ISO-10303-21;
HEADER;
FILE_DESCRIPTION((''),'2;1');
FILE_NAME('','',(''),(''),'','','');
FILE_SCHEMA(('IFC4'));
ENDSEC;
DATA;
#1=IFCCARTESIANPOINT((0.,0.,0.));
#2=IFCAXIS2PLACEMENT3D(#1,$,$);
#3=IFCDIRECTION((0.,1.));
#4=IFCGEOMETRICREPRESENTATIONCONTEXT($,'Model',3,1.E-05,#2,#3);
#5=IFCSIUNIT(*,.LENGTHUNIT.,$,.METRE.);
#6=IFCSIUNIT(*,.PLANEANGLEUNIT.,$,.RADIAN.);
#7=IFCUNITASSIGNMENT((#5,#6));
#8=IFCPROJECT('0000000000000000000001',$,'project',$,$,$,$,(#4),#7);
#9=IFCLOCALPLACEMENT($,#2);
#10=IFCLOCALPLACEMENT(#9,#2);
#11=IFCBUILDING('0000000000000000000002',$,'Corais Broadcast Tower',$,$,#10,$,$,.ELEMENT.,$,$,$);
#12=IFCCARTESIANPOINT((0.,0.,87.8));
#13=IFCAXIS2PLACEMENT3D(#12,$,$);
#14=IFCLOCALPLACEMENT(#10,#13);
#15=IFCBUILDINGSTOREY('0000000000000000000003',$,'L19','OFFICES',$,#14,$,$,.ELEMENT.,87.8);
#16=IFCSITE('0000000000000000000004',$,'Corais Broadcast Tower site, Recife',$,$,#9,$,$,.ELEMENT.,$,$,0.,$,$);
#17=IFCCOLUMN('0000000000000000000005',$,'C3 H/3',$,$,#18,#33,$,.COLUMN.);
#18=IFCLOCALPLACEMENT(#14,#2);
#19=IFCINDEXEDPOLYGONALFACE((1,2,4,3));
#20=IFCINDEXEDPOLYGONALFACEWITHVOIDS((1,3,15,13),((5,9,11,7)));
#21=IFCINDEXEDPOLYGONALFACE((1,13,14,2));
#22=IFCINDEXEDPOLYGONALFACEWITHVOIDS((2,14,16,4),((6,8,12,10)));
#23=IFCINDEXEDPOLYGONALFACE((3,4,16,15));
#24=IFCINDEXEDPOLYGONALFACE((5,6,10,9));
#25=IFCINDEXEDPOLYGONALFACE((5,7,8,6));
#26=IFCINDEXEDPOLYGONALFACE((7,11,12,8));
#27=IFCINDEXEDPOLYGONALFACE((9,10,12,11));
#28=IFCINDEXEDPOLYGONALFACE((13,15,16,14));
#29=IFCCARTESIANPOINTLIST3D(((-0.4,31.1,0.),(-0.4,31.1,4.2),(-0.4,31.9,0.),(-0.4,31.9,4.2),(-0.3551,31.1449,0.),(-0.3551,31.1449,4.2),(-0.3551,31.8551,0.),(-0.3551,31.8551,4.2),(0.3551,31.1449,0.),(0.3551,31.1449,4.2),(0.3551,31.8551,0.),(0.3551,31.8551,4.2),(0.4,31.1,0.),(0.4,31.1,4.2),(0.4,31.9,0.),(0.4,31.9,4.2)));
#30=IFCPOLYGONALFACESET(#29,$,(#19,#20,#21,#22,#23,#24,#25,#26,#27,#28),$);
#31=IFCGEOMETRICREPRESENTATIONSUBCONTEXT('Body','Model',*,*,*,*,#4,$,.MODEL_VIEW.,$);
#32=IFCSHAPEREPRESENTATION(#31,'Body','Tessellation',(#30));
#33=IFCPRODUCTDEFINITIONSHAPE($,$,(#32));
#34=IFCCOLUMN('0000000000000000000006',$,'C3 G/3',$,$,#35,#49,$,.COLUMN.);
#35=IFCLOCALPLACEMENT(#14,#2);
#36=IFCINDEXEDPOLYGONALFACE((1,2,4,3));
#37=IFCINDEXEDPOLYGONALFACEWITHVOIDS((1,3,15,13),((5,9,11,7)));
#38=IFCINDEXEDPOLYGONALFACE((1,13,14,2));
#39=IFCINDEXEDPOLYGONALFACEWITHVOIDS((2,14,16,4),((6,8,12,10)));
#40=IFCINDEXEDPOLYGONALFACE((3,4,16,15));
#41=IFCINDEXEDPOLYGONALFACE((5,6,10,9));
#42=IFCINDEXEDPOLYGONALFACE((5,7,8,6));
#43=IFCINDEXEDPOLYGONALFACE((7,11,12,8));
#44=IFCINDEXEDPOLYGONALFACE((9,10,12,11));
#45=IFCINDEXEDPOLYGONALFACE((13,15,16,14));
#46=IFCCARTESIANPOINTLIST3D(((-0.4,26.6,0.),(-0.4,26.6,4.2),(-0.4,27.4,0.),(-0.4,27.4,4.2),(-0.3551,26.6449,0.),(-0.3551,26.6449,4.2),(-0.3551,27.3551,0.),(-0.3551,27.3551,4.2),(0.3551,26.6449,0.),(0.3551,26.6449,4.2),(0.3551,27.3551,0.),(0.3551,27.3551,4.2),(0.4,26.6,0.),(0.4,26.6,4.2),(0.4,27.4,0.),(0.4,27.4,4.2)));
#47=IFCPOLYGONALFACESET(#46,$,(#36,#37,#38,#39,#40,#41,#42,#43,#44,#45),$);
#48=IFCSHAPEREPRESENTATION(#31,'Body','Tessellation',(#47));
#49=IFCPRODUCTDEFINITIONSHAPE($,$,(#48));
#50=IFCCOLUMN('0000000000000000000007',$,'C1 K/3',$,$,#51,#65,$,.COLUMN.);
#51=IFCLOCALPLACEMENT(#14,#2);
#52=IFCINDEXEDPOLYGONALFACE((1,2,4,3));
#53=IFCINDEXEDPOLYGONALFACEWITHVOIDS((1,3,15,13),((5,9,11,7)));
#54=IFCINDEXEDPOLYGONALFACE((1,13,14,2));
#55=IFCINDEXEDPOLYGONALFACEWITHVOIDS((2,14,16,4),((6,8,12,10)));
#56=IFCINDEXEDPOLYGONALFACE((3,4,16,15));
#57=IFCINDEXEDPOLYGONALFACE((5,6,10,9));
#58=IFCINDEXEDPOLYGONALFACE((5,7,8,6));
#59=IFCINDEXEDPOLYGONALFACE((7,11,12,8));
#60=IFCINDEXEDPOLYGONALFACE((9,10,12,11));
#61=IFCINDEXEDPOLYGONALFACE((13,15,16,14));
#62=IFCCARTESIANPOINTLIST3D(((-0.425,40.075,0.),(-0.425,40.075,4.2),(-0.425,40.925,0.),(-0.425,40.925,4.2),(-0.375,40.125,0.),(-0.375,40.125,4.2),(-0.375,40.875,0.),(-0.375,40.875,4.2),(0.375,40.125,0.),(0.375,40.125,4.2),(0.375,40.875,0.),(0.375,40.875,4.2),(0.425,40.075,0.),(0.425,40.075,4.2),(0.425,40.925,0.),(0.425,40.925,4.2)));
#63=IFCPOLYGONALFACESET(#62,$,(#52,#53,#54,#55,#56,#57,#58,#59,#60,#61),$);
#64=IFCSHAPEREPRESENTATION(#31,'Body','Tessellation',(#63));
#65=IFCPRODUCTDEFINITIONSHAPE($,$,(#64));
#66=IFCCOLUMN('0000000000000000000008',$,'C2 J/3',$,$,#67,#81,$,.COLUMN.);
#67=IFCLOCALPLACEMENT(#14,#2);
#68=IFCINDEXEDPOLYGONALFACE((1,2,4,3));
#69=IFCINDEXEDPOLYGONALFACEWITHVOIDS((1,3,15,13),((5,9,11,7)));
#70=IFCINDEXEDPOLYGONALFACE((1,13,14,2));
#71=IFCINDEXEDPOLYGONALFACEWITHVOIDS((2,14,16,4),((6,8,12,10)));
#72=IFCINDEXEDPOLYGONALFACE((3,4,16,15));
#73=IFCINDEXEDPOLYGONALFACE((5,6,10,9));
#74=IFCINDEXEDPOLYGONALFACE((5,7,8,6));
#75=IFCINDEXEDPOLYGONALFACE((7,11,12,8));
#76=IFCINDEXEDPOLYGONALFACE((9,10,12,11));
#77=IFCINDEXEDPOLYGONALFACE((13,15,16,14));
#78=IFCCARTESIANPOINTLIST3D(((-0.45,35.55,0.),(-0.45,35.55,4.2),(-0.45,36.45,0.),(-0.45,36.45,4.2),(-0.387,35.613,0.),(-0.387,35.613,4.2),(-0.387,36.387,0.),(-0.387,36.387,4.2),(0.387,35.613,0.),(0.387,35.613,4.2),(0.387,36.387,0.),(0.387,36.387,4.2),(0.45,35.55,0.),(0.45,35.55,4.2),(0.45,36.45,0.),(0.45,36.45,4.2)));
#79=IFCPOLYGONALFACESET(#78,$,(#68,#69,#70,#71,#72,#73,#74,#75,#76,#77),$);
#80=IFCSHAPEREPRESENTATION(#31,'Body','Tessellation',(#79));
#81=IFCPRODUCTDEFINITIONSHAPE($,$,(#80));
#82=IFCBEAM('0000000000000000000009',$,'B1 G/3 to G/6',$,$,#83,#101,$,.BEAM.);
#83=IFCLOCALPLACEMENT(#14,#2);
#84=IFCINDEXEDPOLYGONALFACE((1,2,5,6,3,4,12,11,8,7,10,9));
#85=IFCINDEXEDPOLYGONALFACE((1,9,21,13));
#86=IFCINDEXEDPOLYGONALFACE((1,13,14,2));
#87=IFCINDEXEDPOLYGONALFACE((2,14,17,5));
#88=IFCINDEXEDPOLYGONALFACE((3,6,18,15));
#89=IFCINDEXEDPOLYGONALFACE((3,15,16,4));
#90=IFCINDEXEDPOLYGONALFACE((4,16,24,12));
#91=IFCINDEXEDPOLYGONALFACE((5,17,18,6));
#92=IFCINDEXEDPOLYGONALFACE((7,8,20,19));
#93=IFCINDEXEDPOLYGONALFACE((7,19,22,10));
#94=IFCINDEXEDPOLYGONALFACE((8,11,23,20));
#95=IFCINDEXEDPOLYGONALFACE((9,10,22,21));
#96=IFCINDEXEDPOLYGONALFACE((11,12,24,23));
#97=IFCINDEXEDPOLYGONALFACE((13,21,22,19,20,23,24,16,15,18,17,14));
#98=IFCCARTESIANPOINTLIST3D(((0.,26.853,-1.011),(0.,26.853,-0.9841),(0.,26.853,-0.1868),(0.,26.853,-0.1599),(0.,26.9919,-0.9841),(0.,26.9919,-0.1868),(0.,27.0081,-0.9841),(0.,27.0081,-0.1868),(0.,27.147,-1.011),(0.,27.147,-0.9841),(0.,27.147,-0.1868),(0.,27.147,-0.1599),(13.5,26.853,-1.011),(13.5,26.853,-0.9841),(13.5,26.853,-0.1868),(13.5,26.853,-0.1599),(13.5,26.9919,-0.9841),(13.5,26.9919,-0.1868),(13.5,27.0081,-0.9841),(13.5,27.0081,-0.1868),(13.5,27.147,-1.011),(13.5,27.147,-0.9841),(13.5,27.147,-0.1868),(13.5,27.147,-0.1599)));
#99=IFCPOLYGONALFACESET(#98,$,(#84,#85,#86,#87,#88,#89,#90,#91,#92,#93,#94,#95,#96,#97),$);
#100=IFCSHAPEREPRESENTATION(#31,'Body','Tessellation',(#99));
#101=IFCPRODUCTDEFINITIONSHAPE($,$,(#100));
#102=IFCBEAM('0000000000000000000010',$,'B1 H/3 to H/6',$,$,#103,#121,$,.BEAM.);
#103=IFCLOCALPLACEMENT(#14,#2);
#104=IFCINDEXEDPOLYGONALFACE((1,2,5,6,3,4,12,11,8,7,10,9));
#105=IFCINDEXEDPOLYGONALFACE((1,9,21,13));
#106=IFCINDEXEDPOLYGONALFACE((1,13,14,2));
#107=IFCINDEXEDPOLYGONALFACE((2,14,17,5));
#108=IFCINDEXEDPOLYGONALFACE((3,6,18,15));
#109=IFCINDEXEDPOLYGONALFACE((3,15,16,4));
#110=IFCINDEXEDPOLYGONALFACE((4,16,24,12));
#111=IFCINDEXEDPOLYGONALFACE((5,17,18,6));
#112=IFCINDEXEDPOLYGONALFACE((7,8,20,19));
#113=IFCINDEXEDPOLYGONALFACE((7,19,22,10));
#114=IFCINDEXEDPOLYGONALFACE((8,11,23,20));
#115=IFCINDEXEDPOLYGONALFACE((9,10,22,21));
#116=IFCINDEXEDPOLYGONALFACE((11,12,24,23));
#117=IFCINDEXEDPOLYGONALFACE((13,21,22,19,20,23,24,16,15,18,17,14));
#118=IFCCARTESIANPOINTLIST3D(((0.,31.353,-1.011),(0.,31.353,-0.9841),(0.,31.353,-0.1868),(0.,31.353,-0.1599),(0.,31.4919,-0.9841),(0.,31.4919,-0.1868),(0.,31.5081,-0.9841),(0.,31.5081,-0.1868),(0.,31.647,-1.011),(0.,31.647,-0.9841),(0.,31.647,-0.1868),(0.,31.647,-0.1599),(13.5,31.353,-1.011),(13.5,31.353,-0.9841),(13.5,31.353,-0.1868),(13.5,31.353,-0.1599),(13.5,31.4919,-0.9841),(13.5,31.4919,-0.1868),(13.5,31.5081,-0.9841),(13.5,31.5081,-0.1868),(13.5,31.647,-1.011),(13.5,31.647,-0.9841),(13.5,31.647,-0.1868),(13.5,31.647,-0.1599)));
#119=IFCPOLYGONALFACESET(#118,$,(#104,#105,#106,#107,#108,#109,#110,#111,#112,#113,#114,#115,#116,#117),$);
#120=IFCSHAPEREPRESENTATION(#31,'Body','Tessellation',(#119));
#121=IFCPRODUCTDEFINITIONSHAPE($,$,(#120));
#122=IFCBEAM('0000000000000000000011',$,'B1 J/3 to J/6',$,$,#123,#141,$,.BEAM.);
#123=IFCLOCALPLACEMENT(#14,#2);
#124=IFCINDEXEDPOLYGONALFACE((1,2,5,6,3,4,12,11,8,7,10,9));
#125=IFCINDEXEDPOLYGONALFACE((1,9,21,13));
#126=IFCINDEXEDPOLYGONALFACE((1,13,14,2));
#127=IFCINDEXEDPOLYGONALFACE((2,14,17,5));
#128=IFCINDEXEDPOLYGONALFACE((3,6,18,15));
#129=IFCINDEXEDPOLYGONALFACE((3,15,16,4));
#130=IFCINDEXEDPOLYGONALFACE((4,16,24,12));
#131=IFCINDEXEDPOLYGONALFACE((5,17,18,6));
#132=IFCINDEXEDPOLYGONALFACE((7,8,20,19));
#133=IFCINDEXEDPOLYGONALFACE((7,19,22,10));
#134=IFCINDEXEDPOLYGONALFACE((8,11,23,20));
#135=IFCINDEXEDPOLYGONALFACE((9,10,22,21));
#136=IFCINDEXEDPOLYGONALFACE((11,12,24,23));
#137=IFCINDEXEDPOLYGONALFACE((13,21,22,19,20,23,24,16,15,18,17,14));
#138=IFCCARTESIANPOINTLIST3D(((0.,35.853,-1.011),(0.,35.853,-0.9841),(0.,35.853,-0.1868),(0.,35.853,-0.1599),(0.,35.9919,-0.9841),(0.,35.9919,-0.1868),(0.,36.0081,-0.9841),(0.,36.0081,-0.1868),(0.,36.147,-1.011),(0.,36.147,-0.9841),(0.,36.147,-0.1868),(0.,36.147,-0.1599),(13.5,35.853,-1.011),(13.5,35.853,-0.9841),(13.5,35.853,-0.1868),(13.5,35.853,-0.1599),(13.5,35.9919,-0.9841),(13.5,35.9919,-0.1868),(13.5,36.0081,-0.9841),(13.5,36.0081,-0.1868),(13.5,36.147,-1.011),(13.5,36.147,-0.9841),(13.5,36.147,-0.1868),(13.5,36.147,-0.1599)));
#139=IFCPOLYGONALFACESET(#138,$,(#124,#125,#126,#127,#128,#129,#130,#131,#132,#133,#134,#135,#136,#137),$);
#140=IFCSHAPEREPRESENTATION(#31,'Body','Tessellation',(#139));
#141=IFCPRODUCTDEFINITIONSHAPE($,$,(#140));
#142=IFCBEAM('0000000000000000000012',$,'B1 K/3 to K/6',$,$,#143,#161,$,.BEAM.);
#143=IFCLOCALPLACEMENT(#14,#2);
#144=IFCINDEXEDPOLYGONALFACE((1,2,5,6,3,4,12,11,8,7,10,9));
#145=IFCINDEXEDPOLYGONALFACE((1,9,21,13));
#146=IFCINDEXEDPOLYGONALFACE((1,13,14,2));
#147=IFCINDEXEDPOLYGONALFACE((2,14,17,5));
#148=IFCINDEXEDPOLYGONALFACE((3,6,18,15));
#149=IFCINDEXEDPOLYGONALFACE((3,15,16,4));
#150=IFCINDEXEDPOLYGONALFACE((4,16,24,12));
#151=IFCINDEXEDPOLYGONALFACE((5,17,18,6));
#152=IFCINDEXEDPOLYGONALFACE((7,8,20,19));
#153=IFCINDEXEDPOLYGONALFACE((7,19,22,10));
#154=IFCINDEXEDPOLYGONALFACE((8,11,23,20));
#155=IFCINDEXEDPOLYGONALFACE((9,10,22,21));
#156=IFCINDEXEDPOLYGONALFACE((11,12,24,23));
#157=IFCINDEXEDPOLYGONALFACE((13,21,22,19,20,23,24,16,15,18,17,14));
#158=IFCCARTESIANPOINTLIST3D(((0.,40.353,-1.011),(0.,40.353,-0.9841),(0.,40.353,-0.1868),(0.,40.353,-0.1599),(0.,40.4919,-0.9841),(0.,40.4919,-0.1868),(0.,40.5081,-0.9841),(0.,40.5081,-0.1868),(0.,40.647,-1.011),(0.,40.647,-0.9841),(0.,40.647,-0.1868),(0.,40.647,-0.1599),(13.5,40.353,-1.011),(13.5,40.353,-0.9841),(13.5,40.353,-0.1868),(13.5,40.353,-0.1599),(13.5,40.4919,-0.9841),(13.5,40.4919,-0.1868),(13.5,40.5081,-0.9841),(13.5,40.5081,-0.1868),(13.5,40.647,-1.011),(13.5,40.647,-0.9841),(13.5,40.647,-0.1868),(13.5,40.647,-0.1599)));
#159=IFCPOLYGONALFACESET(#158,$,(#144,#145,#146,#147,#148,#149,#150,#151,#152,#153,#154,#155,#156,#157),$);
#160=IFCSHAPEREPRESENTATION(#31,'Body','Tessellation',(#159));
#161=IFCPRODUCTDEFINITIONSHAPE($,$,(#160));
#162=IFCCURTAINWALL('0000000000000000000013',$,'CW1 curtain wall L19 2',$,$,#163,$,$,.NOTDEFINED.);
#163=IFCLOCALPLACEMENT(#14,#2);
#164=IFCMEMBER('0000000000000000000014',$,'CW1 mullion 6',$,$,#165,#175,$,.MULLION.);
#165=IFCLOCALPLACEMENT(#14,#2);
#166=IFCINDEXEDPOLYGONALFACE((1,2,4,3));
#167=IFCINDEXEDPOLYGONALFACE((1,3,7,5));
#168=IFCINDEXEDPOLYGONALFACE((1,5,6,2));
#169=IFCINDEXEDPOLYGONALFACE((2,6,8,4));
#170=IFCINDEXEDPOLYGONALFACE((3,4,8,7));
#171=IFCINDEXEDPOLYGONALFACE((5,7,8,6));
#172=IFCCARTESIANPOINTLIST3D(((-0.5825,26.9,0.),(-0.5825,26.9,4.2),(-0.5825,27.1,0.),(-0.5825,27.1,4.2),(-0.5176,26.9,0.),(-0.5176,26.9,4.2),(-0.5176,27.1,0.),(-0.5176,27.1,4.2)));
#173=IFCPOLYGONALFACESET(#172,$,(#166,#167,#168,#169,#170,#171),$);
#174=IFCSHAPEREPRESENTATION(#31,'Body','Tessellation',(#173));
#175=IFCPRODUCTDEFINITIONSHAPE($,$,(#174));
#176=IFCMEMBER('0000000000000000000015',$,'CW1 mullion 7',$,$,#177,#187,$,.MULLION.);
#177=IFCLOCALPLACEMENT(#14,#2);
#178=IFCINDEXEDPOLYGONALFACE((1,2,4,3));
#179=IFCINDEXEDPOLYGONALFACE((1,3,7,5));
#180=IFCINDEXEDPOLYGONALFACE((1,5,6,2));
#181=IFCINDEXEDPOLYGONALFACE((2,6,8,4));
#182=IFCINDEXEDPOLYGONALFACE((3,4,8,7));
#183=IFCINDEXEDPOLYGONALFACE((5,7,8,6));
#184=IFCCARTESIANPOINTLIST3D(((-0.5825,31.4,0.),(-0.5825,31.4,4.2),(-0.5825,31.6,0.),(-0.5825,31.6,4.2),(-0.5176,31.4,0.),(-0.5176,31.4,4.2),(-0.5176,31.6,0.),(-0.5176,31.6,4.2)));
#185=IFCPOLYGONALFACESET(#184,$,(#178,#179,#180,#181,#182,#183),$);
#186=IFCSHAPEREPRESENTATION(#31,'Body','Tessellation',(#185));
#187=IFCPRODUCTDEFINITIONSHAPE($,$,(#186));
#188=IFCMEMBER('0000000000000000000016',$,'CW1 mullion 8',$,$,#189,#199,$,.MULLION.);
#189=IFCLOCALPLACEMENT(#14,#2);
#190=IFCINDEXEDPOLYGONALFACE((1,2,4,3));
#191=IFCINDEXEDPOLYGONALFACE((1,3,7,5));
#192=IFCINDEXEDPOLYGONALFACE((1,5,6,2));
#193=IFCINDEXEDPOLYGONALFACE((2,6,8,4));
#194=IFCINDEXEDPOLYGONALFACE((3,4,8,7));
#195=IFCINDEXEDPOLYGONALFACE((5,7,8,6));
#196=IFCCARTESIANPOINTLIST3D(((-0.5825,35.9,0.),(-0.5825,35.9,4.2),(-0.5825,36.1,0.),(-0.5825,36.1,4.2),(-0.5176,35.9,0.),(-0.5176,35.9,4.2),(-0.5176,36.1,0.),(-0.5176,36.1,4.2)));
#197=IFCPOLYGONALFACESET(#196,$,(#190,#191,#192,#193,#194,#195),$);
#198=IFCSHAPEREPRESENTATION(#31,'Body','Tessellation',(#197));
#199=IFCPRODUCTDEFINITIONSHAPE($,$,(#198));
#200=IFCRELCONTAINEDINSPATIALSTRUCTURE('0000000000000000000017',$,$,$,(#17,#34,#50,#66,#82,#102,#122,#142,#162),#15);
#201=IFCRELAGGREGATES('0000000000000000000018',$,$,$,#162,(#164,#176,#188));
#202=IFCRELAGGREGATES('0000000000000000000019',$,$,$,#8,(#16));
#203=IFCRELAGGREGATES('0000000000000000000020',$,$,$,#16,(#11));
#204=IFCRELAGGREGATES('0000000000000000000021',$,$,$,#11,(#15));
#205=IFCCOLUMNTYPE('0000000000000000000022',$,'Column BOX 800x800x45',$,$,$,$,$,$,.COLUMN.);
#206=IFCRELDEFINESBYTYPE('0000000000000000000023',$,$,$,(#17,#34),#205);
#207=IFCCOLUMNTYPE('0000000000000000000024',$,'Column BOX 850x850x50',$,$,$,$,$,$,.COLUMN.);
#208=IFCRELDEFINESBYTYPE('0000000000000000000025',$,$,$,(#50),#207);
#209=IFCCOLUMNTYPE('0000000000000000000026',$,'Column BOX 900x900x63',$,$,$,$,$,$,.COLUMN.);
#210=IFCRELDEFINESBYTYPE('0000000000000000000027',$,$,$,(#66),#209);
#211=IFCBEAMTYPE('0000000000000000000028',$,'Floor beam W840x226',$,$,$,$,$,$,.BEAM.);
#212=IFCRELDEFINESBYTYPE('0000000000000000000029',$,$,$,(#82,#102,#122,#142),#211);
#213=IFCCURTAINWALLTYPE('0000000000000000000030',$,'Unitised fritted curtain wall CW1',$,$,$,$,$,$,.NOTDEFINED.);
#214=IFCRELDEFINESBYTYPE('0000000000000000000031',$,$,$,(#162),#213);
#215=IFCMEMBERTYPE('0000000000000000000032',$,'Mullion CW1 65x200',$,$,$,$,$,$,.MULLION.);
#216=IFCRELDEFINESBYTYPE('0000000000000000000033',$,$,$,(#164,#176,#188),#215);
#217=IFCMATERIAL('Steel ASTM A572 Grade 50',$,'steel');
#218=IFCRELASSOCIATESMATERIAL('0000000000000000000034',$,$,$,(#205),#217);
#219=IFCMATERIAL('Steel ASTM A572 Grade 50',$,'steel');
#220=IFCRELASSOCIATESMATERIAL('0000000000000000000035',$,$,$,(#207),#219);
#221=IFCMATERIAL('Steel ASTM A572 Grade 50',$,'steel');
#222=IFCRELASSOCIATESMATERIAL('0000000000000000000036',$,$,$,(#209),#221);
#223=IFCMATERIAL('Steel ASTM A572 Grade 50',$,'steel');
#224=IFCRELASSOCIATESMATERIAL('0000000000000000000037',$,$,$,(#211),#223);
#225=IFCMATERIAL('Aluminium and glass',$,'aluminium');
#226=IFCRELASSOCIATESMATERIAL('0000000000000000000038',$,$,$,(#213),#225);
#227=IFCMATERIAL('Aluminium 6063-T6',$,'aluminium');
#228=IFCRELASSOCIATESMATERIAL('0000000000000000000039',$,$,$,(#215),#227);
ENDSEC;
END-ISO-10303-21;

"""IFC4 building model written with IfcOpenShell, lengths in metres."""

from ifc_helpers import new_model, si_unit, direction, frame, origin, origin_2d, place, context, subcontext, project, spatial, rectangle, hollow_rectangle, i_section, extrude, material, material_profile, profile_set, type_object, element, aggregate, save


model = new_model("IFC4")

# Units and contexts
model_context = context("Model", 3, precision=1e-05, world=origin(), true_north=direction((0.0, 1.0)))
body_context = subcontext(model_context, "Body", "Model", "MODEL_VIEW")
ifc_project = project(units=[si_unit("LENGTHUNIT", "METRE"), si_unit("PLANEANGLEUNIT", "RADIAN")], contexts=[model_context])

# Site, building, storey
site_placement = place(None, origin())
site = spatial("IfcSite", under=ifc_project, at=site_placement, Name="Corais Broadcast Tower site, Recife", CompositionType="ELEMENT", RefElevation=0.0)
building_placement = place(site_placement, origin())
building = spatial("IfcBuilding", under=site, at=building_placement, Name="Corais Broadcast Tower", CompositionType="ELEMENT")
storey_placement = place(building_placement, frame((0.0, 0.0, 87.8)))
storey = spatial("IfcBuildingStorey", under=building, at=storey_placement, Name="L19", Description="OFFICES", CompositionType="ELEMENT", Elevation=87.8)

# Columns
ifc_material_1 = material(Name="Steel ASTM A572 Grade 50", Category="steel")
ifc_material_profile_1 = material_profile(ifc_material_1, hollow_rectangle(XDim=0.8, YDim=0.8, WallThickness=0.0449, at=origin_2d()), Name="BOX 800x800x45")
ifc_profile_set_1 = profile_set([ifc_material_profile_1], Name="Steel ASTM A572 Grade 50")
column_type_1 = type_object("IfcColumnType", Name="Column BOX 800x800x45", PredefinedType="COLUMN", material=ifc_profile_set_1)
for number, where, z_axis, x_axis, name in (
    (1, (0.0, 31.5, 0.0), (0.0, 0.0, 1.0), (1.0, 0.0, 0.0), "C3 H/3"),
    (2, (0.0, 27.0, 0.0), (0.0, 0.0, 1.0), (1.0, 0.0, 0.0), "C3 G/3"),
):
    element("IfcColumn", number, at=place(storey_placement, frame(where, z_axis=z_axis, x_axis=x_axis)), inside=storey, type_object=column_type_1, Name=name, PredefinedType="COLUMN", context=body_context, shape_type="SweptSolid", body=[
        extrude(hollow_rectangle(XDim=0.8, YDim=0.8, WallThickness=0.0449, at=origin_2d()), origin(), (0.0, 0.0, 1.0), 4.2),
    ])
ifc_material_2 = material(Name="Steel ASTM A572 Grade 50", Category="steel")
ifc_material_profile_2 = material_profile(ifc_material_2, hollow_rectangle(XDim=0.8501, YDim=0.8501, WallThickness=0.05, at=origin_2d()), Name="BOX 850x850x50")
ifc_profile_set_2 = profile_set([ifc_material_profile_2], Name="Steel ASTM A572 Grade 50")
column_type_2 = type_object("IfcColumnType", Name="Column BOX 850x850x50", PredefinedType="COLUMN", material=ifc_profile_set_2)
column_1_placement = place(storey_placement, frame((0.0, 40.5, 0.0), z_axis=(0.0, 0.0, 1.0), x_axis=(1.0, 0.0, 0.0)))
element("IfcColumn", 3, at=column_1_placement, inside=storey, type_object=column_type_2, Name="C1 K/3", PredefinedType="COLUMN", context=body_context, shape_type="SweptSolid", body=[
    extrude(hollow_rectangle(XDim=0.8501, YDim=0.8501, WallThickness=0.05, at=origin_2d()), origin(), (0.0, 0.0, 1.0), 4.2),
])
ifc_material_3 = material(Name="Steel ASTM A572 Grade 50", Category="steel")
ifc_material_profile_3 = material_profile(ifc_material_3, hollow_rectangle(XDim=0.8999, YDim=0.8999, WallThickness=0.063, at=origin_2d()), Name="BOX 900x900x63")
ifc_profile_set_3 = profile_set([ifc_material_profile_3], Name="Steel ASTM A572 Grade 50")
column_type_3 = type_object("IfcColumnType", Name="Column BOX 900x900x63", PredefinedType="COLUMN", material=ifc_profile_set_3)
column_2_placement = place(storey_placement, frame((0.0, 36.0, 0.0), z_axis=(0.0, 0.0, 1.0), x_axis=(1.0, 0.0, 0.0)))
element("IfcColumn", 4, at=column_2_placement, inside=storey, type_object=column_type_3, Name="C2 J/3", PredefinedType="COLUMN", context=body_context, shape_type="SweptSolid", body=[
    extrude(hollow_rectangle(XDim=0.8999, YDim=0.8999, WallThickness=0.063, at=origin_2d()), origin(), (0.0, 0.0, 1.0), 4.2),
])

# Beams
ifc_material_4 = material(Name="Steel ASTM A572 Grade 50", Category="steel")
ifc_material_profile_4 = material_profile(ifc_material_4, i_section(OverallWidth=0.2939, OverallDepth=0.8511, WebThickness=0.0161, FlangeThickness=0.0269, at=origin_2d()), Name="W840x226")
ifc_profile_set_4 = profile_set([ifc_material_profile_4], Name="Steel ASTM A572 Grade 50")
beam_type_1 = type_object("IfcBeamType", Name="Floor beam W840x226", PredefinedType="BEAM", material=ifc_profile_set_4)
for number, where, z_axis, x_axis, name in (
    (5, (0.0, 27.0, -0.5854), (1.0, 0.0, 0.0), (0.0, 1.0, 0.0), "B1 G/3 to G/6"),
    (6, (0.0, 31.5, -0.5854), (1.0, 0.0, 0.0), (0.0, 1.0, 0.0), "B1 H/3 to H/6"),
    (7, (0.0, 36.0, -0.5854), (1.0, 0.0, 0.0), (0.0, 1.0, 0.0), "B1 J/3 to J/6"),
    (8, (0.0, 40.5, -0.5854), (1.0, 0.0, 0.0), (0.0, 1.0, 0.0), "B1 K/3 to K/6"),
):
    element("IfcBeam", number, at=place(storey_placement, frame(where, z_axis=z_axis, x_axis=x_axis)), inside=storey, type_object=beam_type_1, Name=name, PredefinedType="BEAM", context=body_context, shape_type="SweptSolid", body=[
        extrude(i_section(OverallWidth=0.2939, OverallDepth=0.8511, WebThickness=0.0161, FlangeThickness=0.0269, at=origin_2d()), origin(), (0.0, 0.0, 1.0), 13.5),
    ])

# Curtain wall, members
ifc_material_5 = material(Name="Aluminium and glass", Category="aluminium")
curtain_wall_type = type_object("IfcCurtainWallType", Name="Unitised fritted curtain wall CW1", PredefinedType="NOTDEFINED", material=ifc_material_5)
curtain_wall_placement = place(storey_placement, origin())
curtain_wall = element("IfcCurtainWall", 9, at=curtain_wall_placement, inside=storey, type_object=curtain_wall_type, Name="CW1 curtain wall L19 2", PredefinedType="NOTDEFINED")
ifc_material_6 = material(Name="Aluminium 6063-T6", Category="aluminium")
ifc_material_profile_5 = material_profile(ifc_material_6, rectangle(XDim=0.0649, YDim=0.2, at=origin_2d()), Name="Mullion CW1 65x200")
ifc_profile_set_5 = profile_set([ifc_material_profile_5], Name="Aluminium 6063-T6")
member_type_1 = type_object("IfcMemberType", Name="Mullion CW1 65x200", PredefinedType="MULLION", material=ifc_profile_set_5)
member_1_placement = place(storey_placement, frame((-0.55, 27.0, 0.0), z_axis=(0.0, 0.0, 1.0), x_axis=(-1.0, 0.0, 0.0)))
member_1 = element("IfcMember", 10, at=member_1_placement, type_object=member_type_1, Name="CW1 mullion 6", PredefinedType="MULLION", context=body_context, shape_type="SweptSolid", body=[
    extrude(rectangle(XDim=0.0649, YDim=0.2, at=origin_2d()), origin(), (0.0, 0.0, 1.0), 4.2),
])
member_2_placement = place(storey_placement, frame((-0.55, 31.5, 0.0), z_axis=(0.0, 0.0, 1.0), x_axis=(-1.0, 0.0, 0.0)))
member_2 = element("IfcMember", 11, at=member_2_placement, type_object=member_type_1, Name="CW1 mullion 7", PredefinedType="MULLION", context=body_context, shape_type="SweptSolid", body=[
    extrude(rectangle(XDim=0.0649, YDim=0.2, at=origin_2d()), origin(), (0.0, 0.0, 1.0), 4.2),
])
member_3_placement = place(storey_placement, frame((-0.55, 36.0, 0.0), z_axis=(0.0, 0.0, 1.0), x_axis=(-1.0, 0.0, 0.0)))
member_3 = element("IfcMember", 12, at=member_3_placement, type_object=member_type_1, Name="CW1 mullion 8", PredefinedType="MULLION", context=body_context, shape_type="SweptSolid", body=[
    extrude(rectangle(XDim=0.0649, YDim=0.2, at=origin_2d()), origin(), (0.0, 0.0, 1.0), 4.2),
])

aggregate(curtain_wall, [member_1, member_2, member_3])

save(model, "model.ifc")
